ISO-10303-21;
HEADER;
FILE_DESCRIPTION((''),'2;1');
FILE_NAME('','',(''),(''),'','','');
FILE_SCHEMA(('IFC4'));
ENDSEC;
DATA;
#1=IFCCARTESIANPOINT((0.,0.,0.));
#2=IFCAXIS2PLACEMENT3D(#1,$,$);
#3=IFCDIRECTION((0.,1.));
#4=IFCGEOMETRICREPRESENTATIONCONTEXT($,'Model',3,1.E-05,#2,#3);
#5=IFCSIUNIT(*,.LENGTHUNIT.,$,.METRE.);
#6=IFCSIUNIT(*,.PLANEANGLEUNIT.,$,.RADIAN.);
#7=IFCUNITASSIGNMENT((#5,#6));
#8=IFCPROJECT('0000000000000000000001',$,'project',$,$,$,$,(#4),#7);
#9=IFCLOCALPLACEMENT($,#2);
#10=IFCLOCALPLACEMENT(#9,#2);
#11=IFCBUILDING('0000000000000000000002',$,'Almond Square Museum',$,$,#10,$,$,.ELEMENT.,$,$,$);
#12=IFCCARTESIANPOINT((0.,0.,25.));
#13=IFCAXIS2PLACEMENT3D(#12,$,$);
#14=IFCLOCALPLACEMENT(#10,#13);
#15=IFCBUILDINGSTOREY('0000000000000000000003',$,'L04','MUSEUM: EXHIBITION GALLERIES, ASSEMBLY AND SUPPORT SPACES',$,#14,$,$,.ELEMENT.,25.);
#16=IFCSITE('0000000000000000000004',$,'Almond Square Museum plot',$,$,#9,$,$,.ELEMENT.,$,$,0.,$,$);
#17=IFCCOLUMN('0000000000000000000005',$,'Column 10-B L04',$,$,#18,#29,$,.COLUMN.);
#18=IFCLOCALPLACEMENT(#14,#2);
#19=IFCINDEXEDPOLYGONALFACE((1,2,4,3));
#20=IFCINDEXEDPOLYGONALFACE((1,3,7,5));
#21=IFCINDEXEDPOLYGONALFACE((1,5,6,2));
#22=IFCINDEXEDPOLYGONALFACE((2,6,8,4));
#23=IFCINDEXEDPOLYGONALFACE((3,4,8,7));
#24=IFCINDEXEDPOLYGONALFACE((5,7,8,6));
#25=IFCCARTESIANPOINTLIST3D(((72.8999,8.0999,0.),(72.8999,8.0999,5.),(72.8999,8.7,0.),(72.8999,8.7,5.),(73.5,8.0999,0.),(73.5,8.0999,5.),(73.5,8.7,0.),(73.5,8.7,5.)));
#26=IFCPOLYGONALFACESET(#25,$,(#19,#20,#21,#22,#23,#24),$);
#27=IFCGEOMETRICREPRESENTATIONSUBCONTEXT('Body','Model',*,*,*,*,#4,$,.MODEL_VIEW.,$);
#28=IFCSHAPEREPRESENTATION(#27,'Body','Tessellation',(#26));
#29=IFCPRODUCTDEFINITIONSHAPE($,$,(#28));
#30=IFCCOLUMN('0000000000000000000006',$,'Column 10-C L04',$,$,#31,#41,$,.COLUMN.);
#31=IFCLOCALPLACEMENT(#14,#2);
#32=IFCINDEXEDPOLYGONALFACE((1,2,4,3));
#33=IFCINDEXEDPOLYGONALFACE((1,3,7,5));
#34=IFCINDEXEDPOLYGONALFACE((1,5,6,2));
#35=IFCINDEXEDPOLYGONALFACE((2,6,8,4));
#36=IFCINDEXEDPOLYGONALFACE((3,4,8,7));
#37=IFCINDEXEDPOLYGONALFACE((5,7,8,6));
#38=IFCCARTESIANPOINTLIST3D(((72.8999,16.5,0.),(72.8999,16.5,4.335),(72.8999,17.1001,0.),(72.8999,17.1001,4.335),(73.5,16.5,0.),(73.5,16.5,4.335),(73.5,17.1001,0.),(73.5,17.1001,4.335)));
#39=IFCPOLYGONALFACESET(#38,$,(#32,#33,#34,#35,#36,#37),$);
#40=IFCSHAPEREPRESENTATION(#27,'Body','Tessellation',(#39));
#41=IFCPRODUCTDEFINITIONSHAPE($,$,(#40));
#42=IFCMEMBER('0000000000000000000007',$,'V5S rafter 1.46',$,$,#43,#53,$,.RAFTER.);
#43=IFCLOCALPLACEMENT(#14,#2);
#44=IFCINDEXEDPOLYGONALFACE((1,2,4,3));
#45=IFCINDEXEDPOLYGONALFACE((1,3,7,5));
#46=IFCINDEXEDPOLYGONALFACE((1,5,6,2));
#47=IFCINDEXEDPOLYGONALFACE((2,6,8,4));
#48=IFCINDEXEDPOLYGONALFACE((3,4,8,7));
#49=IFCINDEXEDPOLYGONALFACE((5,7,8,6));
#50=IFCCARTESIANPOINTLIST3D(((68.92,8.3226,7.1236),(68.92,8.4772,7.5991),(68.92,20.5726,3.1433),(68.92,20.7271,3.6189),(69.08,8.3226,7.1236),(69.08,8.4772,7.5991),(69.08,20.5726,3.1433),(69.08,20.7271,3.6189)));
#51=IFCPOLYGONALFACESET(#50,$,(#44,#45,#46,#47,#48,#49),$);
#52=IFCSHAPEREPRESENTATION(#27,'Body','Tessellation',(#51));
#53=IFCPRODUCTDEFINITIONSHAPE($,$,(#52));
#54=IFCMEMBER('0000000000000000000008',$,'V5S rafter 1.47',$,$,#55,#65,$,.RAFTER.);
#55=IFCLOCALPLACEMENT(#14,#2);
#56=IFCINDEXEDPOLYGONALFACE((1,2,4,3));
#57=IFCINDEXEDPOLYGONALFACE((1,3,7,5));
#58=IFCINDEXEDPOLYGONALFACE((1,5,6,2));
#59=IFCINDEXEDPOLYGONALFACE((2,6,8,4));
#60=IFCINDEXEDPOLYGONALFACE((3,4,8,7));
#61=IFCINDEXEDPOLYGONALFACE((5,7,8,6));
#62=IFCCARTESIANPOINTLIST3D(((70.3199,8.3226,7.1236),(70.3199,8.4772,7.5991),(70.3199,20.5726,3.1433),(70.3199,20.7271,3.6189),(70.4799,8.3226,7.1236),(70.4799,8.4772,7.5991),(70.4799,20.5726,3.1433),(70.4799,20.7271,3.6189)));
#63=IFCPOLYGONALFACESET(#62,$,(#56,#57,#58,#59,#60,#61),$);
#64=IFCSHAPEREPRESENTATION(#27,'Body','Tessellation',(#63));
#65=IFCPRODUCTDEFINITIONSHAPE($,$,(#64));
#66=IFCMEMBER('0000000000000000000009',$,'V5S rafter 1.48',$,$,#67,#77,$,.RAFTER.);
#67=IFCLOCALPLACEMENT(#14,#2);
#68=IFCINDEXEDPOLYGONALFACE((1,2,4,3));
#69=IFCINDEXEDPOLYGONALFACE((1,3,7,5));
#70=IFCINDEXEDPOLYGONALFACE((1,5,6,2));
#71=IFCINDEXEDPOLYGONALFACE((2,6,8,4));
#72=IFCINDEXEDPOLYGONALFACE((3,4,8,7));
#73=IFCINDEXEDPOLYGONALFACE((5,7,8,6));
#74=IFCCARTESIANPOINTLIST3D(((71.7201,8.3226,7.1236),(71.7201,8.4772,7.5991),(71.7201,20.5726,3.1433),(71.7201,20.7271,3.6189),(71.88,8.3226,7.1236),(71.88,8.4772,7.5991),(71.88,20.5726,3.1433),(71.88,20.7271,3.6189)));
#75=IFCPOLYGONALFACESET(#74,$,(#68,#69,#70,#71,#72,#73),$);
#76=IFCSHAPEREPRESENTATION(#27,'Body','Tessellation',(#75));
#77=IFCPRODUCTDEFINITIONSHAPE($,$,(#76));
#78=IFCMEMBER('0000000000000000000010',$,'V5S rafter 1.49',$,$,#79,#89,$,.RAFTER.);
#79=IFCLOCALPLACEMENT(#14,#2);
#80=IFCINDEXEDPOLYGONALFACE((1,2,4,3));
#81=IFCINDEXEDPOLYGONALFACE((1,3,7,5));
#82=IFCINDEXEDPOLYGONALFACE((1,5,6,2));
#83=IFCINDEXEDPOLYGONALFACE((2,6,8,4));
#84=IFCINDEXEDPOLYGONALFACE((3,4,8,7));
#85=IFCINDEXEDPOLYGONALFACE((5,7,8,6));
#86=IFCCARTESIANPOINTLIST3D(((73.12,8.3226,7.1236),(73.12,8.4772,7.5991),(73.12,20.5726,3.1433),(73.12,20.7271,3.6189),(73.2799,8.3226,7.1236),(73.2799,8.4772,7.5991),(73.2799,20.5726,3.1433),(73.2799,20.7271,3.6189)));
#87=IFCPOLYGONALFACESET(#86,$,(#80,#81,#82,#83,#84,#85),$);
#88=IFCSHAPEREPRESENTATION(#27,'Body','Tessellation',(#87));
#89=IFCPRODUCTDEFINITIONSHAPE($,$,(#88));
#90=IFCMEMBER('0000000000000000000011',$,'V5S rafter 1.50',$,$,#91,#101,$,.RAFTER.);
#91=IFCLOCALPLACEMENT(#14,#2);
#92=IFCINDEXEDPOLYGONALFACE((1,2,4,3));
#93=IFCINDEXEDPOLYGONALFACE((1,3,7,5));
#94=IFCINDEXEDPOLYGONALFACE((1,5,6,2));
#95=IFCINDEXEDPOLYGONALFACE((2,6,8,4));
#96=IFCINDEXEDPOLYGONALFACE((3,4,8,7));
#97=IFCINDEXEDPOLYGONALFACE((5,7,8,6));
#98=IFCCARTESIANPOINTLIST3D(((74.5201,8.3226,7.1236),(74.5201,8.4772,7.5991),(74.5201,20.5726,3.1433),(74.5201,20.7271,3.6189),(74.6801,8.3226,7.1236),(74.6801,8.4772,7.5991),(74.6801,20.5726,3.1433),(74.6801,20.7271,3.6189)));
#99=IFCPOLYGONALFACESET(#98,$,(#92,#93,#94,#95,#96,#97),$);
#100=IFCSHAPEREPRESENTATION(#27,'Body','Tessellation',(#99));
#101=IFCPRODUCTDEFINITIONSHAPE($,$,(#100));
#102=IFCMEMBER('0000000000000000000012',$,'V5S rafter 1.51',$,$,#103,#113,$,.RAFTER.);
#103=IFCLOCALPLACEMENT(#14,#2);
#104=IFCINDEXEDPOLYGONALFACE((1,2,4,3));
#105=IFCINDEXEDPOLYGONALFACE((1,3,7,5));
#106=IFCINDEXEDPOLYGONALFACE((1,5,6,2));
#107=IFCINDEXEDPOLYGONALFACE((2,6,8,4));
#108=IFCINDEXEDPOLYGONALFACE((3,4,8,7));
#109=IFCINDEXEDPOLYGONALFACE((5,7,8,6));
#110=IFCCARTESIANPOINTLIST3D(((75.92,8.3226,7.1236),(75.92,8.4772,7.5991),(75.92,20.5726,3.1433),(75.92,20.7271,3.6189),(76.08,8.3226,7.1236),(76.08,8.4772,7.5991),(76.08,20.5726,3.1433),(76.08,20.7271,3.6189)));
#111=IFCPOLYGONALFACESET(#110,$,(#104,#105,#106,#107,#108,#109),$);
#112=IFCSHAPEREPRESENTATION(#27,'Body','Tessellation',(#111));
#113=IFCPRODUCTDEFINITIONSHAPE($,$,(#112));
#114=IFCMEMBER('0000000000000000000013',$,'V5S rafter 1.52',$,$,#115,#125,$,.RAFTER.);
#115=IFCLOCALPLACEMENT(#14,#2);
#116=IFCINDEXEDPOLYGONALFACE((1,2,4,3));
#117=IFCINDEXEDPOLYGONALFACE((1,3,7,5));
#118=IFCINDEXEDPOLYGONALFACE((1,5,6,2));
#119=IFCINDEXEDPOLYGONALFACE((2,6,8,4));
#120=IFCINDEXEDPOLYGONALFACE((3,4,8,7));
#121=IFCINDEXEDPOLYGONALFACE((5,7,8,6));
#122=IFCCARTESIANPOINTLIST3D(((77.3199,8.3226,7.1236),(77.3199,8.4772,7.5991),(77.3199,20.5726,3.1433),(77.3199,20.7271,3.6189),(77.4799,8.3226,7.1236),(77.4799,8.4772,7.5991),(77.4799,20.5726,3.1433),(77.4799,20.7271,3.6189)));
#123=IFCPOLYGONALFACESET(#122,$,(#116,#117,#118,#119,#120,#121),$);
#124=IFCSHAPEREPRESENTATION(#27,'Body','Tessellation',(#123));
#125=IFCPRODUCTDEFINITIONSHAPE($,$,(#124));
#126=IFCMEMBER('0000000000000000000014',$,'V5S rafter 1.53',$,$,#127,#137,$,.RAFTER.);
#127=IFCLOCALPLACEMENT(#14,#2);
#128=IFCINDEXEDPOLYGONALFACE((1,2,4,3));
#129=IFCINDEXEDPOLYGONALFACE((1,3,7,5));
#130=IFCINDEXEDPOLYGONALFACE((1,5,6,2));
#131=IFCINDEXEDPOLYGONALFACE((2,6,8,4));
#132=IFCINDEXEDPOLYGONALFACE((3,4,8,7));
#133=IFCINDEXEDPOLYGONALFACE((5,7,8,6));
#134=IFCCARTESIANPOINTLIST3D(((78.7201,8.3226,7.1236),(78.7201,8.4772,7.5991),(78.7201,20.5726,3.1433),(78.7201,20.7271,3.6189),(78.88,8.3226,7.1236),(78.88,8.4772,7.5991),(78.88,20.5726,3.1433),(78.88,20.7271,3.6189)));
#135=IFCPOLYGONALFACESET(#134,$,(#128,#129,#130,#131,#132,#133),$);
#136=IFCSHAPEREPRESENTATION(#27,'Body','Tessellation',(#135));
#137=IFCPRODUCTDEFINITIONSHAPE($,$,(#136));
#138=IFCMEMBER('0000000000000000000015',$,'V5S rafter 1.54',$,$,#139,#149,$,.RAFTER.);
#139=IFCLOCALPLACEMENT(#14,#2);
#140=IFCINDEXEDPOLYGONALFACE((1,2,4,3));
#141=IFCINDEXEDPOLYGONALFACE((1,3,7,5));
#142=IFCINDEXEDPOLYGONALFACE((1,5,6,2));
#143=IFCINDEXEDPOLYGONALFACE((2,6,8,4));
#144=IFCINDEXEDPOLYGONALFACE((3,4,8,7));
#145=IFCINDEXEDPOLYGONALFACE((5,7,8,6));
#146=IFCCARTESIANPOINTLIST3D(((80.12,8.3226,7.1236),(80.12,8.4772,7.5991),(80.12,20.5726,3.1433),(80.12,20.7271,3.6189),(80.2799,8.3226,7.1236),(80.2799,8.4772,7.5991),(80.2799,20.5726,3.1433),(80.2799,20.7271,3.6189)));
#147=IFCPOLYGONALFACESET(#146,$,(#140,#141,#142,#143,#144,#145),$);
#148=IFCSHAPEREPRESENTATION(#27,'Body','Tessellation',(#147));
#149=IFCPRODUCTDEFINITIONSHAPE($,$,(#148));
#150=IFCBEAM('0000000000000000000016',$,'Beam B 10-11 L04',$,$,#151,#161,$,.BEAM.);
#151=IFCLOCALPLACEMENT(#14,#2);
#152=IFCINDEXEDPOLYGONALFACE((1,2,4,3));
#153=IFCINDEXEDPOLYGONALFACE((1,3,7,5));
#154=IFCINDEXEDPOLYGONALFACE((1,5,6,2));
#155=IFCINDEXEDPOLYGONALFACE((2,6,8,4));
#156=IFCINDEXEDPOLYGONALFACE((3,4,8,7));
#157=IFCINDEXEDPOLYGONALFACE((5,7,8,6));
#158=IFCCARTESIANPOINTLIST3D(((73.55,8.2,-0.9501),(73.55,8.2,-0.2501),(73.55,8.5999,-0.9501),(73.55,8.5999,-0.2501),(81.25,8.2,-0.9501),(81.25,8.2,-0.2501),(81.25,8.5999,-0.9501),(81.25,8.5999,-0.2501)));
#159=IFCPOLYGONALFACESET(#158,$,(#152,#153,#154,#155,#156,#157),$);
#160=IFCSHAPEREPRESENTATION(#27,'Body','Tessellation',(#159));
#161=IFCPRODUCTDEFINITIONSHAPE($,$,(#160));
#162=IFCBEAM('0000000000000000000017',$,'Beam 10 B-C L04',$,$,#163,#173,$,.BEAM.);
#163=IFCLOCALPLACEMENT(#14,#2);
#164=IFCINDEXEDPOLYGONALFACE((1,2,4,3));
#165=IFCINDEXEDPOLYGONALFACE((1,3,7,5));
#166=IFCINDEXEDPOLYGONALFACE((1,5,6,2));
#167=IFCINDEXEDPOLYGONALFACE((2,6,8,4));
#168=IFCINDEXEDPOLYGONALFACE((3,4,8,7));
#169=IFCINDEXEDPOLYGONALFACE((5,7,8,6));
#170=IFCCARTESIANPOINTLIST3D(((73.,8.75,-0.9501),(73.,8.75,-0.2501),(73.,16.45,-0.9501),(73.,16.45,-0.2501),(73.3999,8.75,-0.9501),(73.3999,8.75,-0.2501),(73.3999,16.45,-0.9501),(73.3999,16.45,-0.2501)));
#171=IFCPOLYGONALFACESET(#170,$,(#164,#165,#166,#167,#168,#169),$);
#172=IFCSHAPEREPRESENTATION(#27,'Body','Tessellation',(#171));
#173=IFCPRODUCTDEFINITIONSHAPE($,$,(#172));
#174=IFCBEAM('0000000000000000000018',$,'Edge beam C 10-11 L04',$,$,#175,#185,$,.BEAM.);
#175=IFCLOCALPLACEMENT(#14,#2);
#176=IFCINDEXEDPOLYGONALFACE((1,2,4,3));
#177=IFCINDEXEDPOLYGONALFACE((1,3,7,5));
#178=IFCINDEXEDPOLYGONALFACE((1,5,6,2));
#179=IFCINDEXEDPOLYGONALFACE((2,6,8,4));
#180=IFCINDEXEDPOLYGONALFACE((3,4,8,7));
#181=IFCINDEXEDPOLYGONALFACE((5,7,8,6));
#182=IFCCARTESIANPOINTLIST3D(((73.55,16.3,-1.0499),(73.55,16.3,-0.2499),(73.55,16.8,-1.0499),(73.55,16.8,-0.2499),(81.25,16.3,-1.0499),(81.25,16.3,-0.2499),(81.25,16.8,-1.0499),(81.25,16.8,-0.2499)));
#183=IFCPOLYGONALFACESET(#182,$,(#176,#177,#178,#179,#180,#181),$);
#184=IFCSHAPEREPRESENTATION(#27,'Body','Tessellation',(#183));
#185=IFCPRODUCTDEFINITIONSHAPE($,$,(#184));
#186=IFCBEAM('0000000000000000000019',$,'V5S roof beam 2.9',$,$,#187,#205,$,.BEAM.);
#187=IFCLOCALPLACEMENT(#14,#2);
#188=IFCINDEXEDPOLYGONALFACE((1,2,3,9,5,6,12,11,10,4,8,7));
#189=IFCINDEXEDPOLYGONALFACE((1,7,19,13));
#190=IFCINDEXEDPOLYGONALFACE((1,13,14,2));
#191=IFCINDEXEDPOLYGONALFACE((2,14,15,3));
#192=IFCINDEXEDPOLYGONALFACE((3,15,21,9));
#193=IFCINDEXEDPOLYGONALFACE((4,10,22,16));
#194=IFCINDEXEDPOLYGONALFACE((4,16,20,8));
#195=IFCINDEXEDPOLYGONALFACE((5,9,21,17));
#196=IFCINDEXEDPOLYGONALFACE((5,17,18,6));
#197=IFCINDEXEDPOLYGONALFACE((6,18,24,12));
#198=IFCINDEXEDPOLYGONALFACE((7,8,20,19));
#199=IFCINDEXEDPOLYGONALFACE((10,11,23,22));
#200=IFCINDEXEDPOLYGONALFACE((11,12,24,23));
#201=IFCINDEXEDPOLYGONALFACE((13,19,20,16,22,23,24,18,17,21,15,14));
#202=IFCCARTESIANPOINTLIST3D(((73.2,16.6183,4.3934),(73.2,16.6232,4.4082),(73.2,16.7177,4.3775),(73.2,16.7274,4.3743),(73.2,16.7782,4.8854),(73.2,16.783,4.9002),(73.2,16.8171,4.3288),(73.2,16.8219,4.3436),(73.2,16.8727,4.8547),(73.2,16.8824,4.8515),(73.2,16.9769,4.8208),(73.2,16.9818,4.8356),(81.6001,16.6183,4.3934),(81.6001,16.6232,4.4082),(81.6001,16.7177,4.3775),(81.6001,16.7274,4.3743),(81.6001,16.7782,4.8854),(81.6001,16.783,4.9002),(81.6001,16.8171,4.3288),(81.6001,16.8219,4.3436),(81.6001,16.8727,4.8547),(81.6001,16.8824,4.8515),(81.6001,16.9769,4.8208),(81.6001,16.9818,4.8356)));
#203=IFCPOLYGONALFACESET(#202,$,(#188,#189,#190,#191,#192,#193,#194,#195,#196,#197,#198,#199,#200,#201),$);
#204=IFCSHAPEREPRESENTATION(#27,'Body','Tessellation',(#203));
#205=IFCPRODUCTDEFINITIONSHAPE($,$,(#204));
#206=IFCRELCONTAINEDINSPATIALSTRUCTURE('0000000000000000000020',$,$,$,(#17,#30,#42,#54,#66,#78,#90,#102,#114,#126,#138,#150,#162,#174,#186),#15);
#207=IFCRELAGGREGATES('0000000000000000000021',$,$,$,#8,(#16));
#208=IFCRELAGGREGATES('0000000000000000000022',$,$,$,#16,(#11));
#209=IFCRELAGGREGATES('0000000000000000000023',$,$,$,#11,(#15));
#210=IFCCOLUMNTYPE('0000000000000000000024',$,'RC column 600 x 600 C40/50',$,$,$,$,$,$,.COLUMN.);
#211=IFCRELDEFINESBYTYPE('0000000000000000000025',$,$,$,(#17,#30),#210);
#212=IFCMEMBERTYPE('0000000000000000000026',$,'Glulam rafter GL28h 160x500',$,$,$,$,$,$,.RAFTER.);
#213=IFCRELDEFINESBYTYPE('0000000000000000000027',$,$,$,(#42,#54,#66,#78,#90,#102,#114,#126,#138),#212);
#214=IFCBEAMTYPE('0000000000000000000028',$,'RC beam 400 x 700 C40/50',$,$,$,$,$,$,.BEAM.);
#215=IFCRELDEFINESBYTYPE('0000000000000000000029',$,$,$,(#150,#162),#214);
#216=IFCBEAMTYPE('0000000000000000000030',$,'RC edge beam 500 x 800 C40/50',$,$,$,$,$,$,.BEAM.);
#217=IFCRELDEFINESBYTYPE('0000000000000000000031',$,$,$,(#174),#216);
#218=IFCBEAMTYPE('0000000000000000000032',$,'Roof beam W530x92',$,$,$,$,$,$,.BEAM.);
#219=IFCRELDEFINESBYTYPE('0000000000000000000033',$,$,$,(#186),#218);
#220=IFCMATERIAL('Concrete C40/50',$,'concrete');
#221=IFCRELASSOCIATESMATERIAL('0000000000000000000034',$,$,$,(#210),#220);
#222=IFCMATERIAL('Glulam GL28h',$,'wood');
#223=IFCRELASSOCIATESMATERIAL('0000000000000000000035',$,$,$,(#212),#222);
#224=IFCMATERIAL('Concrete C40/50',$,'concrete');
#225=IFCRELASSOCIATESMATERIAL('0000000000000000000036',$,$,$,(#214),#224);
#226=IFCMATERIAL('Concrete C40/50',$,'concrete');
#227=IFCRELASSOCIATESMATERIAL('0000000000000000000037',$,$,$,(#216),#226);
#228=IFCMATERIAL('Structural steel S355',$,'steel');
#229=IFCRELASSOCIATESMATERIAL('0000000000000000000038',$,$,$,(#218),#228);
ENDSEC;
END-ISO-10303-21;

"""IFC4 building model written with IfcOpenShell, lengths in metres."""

from ifc_helpers import new_model, si_unit, direction, frame, origin, origin_2d, place, context, subcontext, project, spatial, rectangle, i_section, extrude, material, material_profile, profile_set, type_object, element, save


model = new_model("IFC4")

# Units and contexts
model_context = context("Model", 3, precision=1e-05, world=origin(), true_north=direction((0.0, 1.0)))
body_context = subcontext(model_context, "Body", "Model", "MODEL_VIEW")
ifc_project = project(units=[si_unit("LENGTHUNIT", "METRE"), si_unit("PLANEANGLEUNIT", "RADIAN")], contexts=[model_context])

# Site, building, storey
site_placement = place(None, origin())
site = spatial("IfcSite", under=ifc_project, at=site_placement, Name="Almond Square Museum plot", CompositionType="ELEMENT", RefElevation=0.0)
building_placement = place(site_placement, origin())
building = spatial("IfcBuilding", under=site, at=building_placement, Name="Almond Square Museum", CompositionType="ELEMENT")
storey_placement = place(building_placement, frame((0.0, 0.0, 25.0)))
storey = spatial("IfcBuildingStorey", under=building, at=storey_placement, Name="L04", Description="MUSEUM: EXHIBITION GALLERIES, ASSEMBLY AND SUPPORT SPACES", CompositionType="ELEMENT", Elevation=25.0)

# Columns
ifc_material_1 = material(Name="Concrete C40/50", Category="concrete")
ifc_material_profile_1 = material_profile(ifc_material_1, rectangle(XDim=0.6001, YDim=0.6001, at=origin_2d()))
ifc_profile_set_1 = profile_set([ifc_material_profile_1], Name="Concrete C40/50")
column_type = type_object("IfcColumnType", Name="RC column 600 x 600 C40/50", PredefinedType="COLUMN", material=ifc_profile_set_1)
column_1_placement = place(storey_placement, frame((73.2, 8.3999, 0.0), z_axis=(0.0, 0.0, 1.0), x_axis=(1.0, 0.0, 0.0)))
element("IfcColumn", 1, at=column_1_placement, inside=storey, type_object=column_type, Name="Column 10-B L04", PredefinedType="COLUMN", context=body_context, shape_type="SweptSolid", body=[
    extrude(rectangle(XDim=0.6001, YDim=0.6001, at=origin_2d()), origin(), (0.0, 0.0, 1.0), 5.0),
])
column_2_placement = place(storey_placement, frame((73.2, 16.8, 0.0), z_axis=(0.0, 0.0, 1.0), x_axis=(1.0, 0.0, 0.0)))
element("IfcColumn", 2, at=column_2_placement, inside=storey, type_object=column_type, Name="Column 10-C L04", PredefinedType="COLUMN", context=body_context, shape_type="SweptSolid", body=[
    extrude(rectangle(XDim=0.6001, YDim=0.6001, at=origin_2d()), origin(), (0.0, 0.0, 1.0), 4.335),
])

# Members
ifc_material_2 = material(Name="Glulam GL28h", Category="wood")
ifc_material_profile_2 = material_profile(ifc_material_2, rectangle(XDim=0.1599, YDim=0.5, at=origin_2d()))
ifc_profile_set_2 = profile_set([ifc_material_profile_2], Name="Glulam GL28h")
member_type = type_object("IfcMemberType", Name="Glulam rafter GL28h 160x500", PredefinedType="RAFTER", material=ifc_profile_set_2)
for number, where, z_axis, x_axis, name in (
    (3, (69.0, 8.3999, 7.3613), (0.0, 0.951057, -0.309014), (-1.0, 0.0, 0.0), "V5S rafter 1.46"),
    (4, (70.3999, 8.3999, 7.3613), (0.0, 0.951057, -0.309014), (-1.0, 0.0, 0.0), "V5S rafter 1.47"),
    (5, (71.8, 8.3999, 7.3613), (0.0, 0.951057, -0.309014), (-1.0, 0.0, 0.0), "V5S rafter 1.48"),
    (6, (73.2, 8.3999, 7.3613), (0.0, 0.951057, -0.309014), (-1.0, 0.0, 0.0), "V5S rafter 1.49"),
    (7, (74.6001, 8.3999, 7.3613), (0.0, 0.951057, -0.309014), (-1.0, 0.0, 0.0), "V5S rafter 1.50"),
    (8, (76.0, 8.3999, 7.3613), (0.0, 0.951057, -0.309014), (-1.0, 0.0, 0.0), "V5S rafter 1.51"),
    (9, (77.3999, 8.3999, 7.3613), (0.0, 0.951057, -0.309014), (-1.0, 0.0, 0.0), "V5S rafter 1.52"),
    (10, (78.8, 8.3999, 7.3613), (0.0, 0.951057, -0.309014), (-1.0, 0.0, 0.0), "V5S rafter 1.53"),
    (11, (80.2, 8.3999, 7.3613), (0.0, 0.951057, -0.309014), (-1.0, 0.0, 0.0), "V5S rafter 1.54"),
):
    element("IfcMember", number, at=place(storey_placement, frame(where, z_axis=z_axis, x_axis=x_axis)), inside=storey, type_object=member_type, Name=name, PredefinedType="RAFTER", context=body_context, shape_type="SweptSolid", body=[
        extrude(rectangle(XDim=0.1599, YDim=0.5, at=origin_2d()), origin(), (0.0, 0.0, 1.0), 12.8804),
    ])

# Beams
ifc_material_3 = material(Name="Concrete C40/50", Category="concrete")
ifc_material_profile_3 = material_profile(ifc_material_3, rectangle(XDim=0.3999, YDim=0.7, at=origin_2d()))
ifc_profile_set_3 = profile_set([ifc_material_profile_3], Name="Concrete C40/50")
beam_type_1 = type_object("IfcBeamType", Name="RC beam 400 x 700 C40/50", PredefinedType="BEAM", material=ifc_profile_set_3)
for number, where, z_axis, x_axis, name in (
    (12, (73.55, 8.3999, -0.6001), (1.0, 0.0, 0.0), (0.0, 1.0, 0.0), "Beam B 10-11 L04"),
    (13, (73.2, 8.75, -0.6001), (0.0, 1.0, 0.0), (-1.0, 0.0, 0.0), "Beam 10 B-C L04"),
):
    element("IfcBeam", number, at=place(storey_placement, frame(where, z_axis=z_axis, x_axis=x_axis)), inside=storey, type_object=beam_type_1, Name=name, PredefinedType="BEAM", context=body_context, shape_type="SweptSolid", body=[
        extrude(rectangle(XDim=0.3999, YDim=0.7, at=origin_2d()), origin(), (0.0, 0.0, 1.0), 7.7),
    ])
ifc_material_4 = material(Name="Concrete C40/50", Category="concrete")
ifc_material_profile_4 = material_profile(ifc_material_4, rectangle(XDim=0.5, YDim=0.8, at=origin_2d()))
ifc_profile_set_4 = profile_set([ifc_material_profile_4], Name="Concrete C40/50")
beam_type_2 = type_object("IfcBeamType", Name="RC edge beam 500 x 800 C40/50", PredefinedType="BEAM", material=ifc_profile_set_4)
beam_1_placement = place(storey_placement, frame((73.55, 16.55, -0.6499), z_axis=(1.0, 0.0, 0.0), x_axis=(0.0, 1.0, 0.0)))
element("IfcBeam", 14, at=beam_1_placement, inside=storey, type_object=beam_type_2, Name="Edge beam C 10-11 L04", PredefinedType="BEAM", context=body_context, shape_type="SweptSolid", body=[
    extrude(rectangle(XDim=0.5, YDim=0.8, at=origin_2d()), origin(), (0.0, 0.0, 1.0), 7.7),
])
ifc_material_5 = material(Name="Structural steel S355", Category="steel")
ifc_material_profile_5 = material_profile(ifc_material_5, i_section(OverallWidth=0.209, OverallDepth=0.533, WebThickness=0.0103, FlangeThickness=0.0156, at=origin_2d()))
ifc_profile_set_5 = profile_set([ifc_material_profile_5], Name="Structural steel S355")
beam_type_3 = type_object("IfcBeamType", Name="Roof beam W530x92", PredefinedType="BEAM", material=ifc_profile_set_5)
beam_2_placement = place(storey_placement, frame((73.2, 16.8, 4.6145), z_axis=(1.0, 0.0, 0.0), x_axis=(0.0, 0.951057, -0.309017)))
element("IfcBeam", 15, at=beam_2_placement, inside=storey, type_object=beam_type_3, Name="V5S roof beam 2.9", PredefinedType="BEAM", context=body_context, shape_type="SweptSolid", body=[
    extrude(i_section(OverallWidth=0.209, OverallDepth=0.533, WebThickness=0.0103, FlangeThickness=0.0156, at=origin_2d()), origin(), (0.0, 0.0, 1.0), 8.4001),
])

save(model, "model.ifc")
